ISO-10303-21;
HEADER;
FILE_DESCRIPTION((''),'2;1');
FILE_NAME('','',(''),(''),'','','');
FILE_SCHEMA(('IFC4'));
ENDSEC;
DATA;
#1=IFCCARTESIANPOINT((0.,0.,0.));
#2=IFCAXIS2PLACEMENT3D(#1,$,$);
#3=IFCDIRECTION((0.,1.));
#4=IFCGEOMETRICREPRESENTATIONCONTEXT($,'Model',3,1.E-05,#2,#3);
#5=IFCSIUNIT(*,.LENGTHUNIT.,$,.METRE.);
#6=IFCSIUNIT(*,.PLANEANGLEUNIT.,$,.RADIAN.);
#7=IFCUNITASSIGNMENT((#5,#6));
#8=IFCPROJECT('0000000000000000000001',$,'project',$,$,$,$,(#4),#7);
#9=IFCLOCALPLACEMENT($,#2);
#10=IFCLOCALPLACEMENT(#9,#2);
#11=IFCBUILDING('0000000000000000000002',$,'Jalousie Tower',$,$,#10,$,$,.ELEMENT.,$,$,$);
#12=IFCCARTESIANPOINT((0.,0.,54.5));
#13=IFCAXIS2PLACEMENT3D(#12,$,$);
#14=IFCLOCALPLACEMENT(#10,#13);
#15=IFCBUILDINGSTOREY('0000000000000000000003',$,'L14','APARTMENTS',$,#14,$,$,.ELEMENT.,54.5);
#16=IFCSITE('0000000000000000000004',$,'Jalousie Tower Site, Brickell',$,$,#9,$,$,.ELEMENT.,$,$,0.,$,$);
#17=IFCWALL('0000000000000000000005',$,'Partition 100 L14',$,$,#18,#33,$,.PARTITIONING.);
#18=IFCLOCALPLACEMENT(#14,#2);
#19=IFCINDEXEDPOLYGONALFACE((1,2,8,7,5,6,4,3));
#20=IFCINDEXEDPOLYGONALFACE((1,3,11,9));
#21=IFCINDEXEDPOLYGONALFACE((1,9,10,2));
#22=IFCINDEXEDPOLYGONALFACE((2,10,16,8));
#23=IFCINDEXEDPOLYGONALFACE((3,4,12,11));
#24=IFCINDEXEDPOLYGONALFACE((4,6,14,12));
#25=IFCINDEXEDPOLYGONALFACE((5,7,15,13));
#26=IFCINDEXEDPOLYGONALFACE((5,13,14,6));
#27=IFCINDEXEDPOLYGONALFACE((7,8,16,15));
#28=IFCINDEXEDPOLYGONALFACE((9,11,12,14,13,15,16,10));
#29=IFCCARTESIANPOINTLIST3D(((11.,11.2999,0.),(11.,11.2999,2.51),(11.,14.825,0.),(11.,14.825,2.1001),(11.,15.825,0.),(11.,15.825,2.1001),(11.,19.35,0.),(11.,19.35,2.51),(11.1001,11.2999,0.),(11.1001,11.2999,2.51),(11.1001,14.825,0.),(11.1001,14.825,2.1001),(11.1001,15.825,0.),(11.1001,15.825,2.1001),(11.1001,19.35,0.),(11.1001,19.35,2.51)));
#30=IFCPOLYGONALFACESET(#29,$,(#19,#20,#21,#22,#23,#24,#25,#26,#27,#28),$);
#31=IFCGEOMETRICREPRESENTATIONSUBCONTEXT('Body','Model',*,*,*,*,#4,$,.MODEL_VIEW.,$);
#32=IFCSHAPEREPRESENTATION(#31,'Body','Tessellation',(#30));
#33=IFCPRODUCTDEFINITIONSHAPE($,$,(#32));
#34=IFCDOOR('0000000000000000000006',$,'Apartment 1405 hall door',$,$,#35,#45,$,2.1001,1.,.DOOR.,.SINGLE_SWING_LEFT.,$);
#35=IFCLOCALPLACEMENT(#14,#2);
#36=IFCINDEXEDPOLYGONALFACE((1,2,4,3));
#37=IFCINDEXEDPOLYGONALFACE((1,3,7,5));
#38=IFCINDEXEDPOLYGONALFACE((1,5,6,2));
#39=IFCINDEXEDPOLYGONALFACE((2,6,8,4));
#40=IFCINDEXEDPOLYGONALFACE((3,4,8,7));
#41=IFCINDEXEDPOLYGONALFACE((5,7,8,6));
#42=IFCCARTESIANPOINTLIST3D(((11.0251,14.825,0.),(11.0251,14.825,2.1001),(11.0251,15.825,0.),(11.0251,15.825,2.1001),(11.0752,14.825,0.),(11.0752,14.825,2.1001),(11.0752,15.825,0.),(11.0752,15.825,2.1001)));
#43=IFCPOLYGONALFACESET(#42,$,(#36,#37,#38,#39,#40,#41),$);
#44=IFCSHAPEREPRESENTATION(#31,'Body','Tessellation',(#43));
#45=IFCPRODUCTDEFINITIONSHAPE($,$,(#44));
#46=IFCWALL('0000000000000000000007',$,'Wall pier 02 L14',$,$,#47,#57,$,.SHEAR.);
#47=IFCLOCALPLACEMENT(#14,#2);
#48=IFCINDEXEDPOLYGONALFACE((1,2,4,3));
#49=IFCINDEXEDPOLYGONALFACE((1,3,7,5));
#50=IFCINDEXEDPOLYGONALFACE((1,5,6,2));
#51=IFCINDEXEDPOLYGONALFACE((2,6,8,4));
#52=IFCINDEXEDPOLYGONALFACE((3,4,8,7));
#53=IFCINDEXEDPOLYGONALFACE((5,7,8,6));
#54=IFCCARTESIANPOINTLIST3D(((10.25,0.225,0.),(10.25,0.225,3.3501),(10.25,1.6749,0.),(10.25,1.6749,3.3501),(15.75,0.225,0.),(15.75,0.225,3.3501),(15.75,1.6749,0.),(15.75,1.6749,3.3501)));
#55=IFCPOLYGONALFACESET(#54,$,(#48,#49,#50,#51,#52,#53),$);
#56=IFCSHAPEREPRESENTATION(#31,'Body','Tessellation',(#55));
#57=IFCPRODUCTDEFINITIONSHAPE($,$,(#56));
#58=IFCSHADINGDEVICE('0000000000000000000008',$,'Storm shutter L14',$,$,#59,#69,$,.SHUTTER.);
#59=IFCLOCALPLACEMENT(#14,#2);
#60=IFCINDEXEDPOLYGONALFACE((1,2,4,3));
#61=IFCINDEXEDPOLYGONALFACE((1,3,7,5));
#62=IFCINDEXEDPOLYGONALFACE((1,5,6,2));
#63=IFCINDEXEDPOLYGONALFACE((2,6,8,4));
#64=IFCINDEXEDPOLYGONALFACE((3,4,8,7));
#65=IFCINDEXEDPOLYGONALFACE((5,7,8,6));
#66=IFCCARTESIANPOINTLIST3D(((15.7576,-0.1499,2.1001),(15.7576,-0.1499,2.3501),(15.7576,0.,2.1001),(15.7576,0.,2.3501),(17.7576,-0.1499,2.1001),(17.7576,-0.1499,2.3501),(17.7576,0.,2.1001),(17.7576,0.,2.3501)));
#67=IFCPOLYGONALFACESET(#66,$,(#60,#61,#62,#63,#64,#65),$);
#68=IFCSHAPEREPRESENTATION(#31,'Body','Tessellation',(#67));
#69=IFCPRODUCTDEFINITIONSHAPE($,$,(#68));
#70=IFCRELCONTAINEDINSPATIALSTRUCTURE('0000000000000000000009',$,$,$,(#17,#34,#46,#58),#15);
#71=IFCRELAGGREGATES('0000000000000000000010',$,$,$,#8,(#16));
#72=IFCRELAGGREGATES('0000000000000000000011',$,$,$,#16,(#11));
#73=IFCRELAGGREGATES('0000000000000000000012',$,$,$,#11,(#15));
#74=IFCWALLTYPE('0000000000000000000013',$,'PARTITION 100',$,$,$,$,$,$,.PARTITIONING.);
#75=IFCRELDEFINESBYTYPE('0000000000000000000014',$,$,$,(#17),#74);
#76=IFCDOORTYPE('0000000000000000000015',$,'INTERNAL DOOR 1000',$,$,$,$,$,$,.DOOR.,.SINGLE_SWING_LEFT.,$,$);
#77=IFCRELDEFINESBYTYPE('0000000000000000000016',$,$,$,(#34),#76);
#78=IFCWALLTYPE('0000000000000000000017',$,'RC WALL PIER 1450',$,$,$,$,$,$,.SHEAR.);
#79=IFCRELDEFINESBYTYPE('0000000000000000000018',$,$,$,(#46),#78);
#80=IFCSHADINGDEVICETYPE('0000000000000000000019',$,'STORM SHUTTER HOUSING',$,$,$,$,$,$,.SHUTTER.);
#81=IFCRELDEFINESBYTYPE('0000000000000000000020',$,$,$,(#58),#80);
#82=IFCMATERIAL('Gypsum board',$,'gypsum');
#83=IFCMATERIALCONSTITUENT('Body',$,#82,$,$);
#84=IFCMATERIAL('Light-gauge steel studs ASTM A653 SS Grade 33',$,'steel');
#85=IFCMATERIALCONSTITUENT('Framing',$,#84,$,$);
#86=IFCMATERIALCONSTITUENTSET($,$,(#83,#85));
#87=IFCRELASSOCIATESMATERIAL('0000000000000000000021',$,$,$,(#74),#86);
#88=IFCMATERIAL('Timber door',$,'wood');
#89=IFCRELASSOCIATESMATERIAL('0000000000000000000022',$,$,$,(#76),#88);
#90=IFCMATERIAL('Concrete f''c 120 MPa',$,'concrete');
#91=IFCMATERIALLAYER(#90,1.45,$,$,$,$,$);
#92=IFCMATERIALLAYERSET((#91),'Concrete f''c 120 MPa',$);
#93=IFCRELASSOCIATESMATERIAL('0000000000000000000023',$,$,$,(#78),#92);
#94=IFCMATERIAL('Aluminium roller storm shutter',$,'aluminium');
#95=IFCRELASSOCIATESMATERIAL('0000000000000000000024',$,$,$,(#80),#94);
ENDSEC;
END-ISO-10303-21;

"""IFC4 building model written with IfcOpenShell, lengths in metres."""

from ifc_helpers import new_model, si_unit, direction, frame, frame_2d, origin, origin_2d, place, context, subcontext, project, spatial, rectangle, extrude, material, layer, layer_set, constituent, constituent_set, type_object, element, fill, save


model = new_model("IFC4")

# Units and contexts
model_context = context("Model", 3, precision=1e-05, world=origin(), true_north=direction((0.0, 1.0)))
body_context = subcontext(model_context, "Body", "Model", "MODEL_VIEW")
ifc_project = project(units=[si_unit("LENGTHUNIT", "METRE"), si_unit("PLANEANGLEUNIT", "RADIAN")], contexts=[model_context])

# Site, building, storey
site_placement = place(None, origin())
site = spatial("IfcSite", under=ifc_project, at=site_placement, Name="Jalousie Tower Site, Brickell", CompositionType="ELEMENT", RefElevation=0.0)
building_placement = place(site_placement, origin())
building = spatial("IfcBuilding", under=site, at=building_placement, Name="Jalousie Tower", CompositionType="ELEMENT")
storey_placement = place(building_placement, frame((0.0, 0.0, 54.5)))
storey = spatial("IfcBuildingStorey", under=building, at=storey_placement, Name="L14", Description="APARTMENTS", CompositionType="ELEMENT", Elevation=54.5)

# Shared definitions
ifc_material_1 = material(Name="Gypsum board", Category="gypsum")
ifc_constituent_1 = constituent(ifc_material_1, Name="Body")
ifc_material_2 = material(Name="Light-gauge steel studs ASTM A653 SS Grade 33", Category="steel")
ifc_constituent_2 = constituent(ifc_material_2, Name="Framing")
ifc_constituent_set_1 = constituent_set(constituents=[ifc_constituent_1, ifc_constituent_2])
wall_type_1 = type_object("IfcWallType", Name="PARTITION 100", PredefinedType="PARTITIONING", material=ifc_constituent_set_1)

# Wall, opening, door
ifc_material_3 = material(Name="Timber door", Category="wood")
door_type_1 = type_object("IfcDoorType", Name="INTERNAL DOOR 1000", OperationType="SINGLE_SWING_LEFT", PredefinedType="DOOR", material=ifc_material_3)
wall_1_placement = place(storey_placement, frame((11.05, 11.3, 0.0), z_axis=(0.0, 0.0, 1.0), x_axis=(0.0, 1.0, 0.0)))
wall_1 = element("IfcWall", 1, at=wall_1_placement, inside=storey, type_object=wall_type_1, Name="Partition 100 L14", PredefinedType="PARTITIONING", context=body_context, shape_type="SweptSolid", body=[
    extrude(rectangle(XDim=8.05, YDim=0.1001, at=frame_2d((4.0249, 0.0))), origin(), (0.0, 0.0, 1.0), 2.51),
])
opening_1_placement = place(wall_1_placement, frame((3.5249, 0.0, 0.0)))
opening_1 = element("IfcOpeningElement", 2, at=opening_1_placement, cuts=wall_1, PredefinedType="OPENING", context=body_context, shape_type="SweptSolid", body=[
    extrude(rectangle(XDim=1.0, YDim=2.1001, at=frame_2d((0.5, 1.05))), frame((0.0, 0.0601, 0.0), z_axis=(0.0, -1.0, 0.0), x_axis=(1.0, 0.0, 0.0)), (0.0, 0.0, 1.0), 0.1201),
])
door_1_placement = place(opening_1_placement, origin())
door_1 = element("IfcDoor", 3, at=door_1_placement, inside=storey, type_object=door_type_1, Name="Apartment 1405 hall door", OperationType="SINGLE_SWING_LEFT", OverallHeight=2.1001, OverallWidth=1.0, PredefinedType="DOOR", context=body_context, shape_type="SweptSolid", body=[
    extrude(rectangle(XDim=1.0, YDim=2.1001, at=frame_2d((0.5, 1.05))), frame((0.0, 0.0249, 0.0), z_axis=(0.0, -1.0, 0.0), x_axis=(1.0, 0.0, 0.0)), (0.0, 0.0, 1.0), 0.05),
])
fill(opening_1, door_1)

# Wall
ifc_material_4 = material(Name="Concrete f'c 120 MPa", Category="concrete")
ifc_layer_1 = layer(ifc_material_4, 1.45)
ifc_layer_set_1 = layer_set([ifc_layer_1], Name="Concrete f'c 120 MPa")
wall_type_2 = type_object("IfcWallType", Name="RC WALL PIER 1450", PredefinedType="SHEAR", material=ifc_layer_set_1)
wall_2_placement = place(storey_placement, frame((10.25, 0.95, 0.0), z_axis=(0.0, 0.0, 1.0), x_axis=(1.0, 0.0, 0.0)))
element("IfcWall", 4, at=wall_2_placement, inside=storey, type_object=wall_type_2, Name="Wall pier 02 L14", PredefinedType="SHEAR", context=body_context, shape_type="SweptSolid", body=[
    extrude(rectangle(XDim=5.5, YDim=1.45, at=frame_2d((2.75, 0.0))), origin(), (0.0, 0.0, 1.0), 3.3501),
])

# Shading device
ifc_material_5 = material(Name="Aluminium roller storm shutter", Category="aluminium")
shading_device_type = type_object("IfcShadingDeviceType", Name="STORM SHUTTER HOUSING", PredefinedType="SHUTTER", material=ifc_material_5)
shading_device_placement = place(storey_placement, frame((16.7576, -0.075, 2.1001), z_axis=(0.0, 0.0, 1.0), x_axis=(1.0, 0.0, 0.0)))
element("IfcShadingDevice", 5, at=shading_device_placement, inside=storey, type_object=shading_device_type, Name="Storm shutter L14", PredefinedType="SHUTTER", context=body_context, shape_type="SweptSolid", body=[
    extrude(rectangle(XDim=2.0, YDim=0.1499, at=origin_2d()), origin(), (0.0, 0.0, 1.0), 0.25),
])

save(model, "model.ifc")
